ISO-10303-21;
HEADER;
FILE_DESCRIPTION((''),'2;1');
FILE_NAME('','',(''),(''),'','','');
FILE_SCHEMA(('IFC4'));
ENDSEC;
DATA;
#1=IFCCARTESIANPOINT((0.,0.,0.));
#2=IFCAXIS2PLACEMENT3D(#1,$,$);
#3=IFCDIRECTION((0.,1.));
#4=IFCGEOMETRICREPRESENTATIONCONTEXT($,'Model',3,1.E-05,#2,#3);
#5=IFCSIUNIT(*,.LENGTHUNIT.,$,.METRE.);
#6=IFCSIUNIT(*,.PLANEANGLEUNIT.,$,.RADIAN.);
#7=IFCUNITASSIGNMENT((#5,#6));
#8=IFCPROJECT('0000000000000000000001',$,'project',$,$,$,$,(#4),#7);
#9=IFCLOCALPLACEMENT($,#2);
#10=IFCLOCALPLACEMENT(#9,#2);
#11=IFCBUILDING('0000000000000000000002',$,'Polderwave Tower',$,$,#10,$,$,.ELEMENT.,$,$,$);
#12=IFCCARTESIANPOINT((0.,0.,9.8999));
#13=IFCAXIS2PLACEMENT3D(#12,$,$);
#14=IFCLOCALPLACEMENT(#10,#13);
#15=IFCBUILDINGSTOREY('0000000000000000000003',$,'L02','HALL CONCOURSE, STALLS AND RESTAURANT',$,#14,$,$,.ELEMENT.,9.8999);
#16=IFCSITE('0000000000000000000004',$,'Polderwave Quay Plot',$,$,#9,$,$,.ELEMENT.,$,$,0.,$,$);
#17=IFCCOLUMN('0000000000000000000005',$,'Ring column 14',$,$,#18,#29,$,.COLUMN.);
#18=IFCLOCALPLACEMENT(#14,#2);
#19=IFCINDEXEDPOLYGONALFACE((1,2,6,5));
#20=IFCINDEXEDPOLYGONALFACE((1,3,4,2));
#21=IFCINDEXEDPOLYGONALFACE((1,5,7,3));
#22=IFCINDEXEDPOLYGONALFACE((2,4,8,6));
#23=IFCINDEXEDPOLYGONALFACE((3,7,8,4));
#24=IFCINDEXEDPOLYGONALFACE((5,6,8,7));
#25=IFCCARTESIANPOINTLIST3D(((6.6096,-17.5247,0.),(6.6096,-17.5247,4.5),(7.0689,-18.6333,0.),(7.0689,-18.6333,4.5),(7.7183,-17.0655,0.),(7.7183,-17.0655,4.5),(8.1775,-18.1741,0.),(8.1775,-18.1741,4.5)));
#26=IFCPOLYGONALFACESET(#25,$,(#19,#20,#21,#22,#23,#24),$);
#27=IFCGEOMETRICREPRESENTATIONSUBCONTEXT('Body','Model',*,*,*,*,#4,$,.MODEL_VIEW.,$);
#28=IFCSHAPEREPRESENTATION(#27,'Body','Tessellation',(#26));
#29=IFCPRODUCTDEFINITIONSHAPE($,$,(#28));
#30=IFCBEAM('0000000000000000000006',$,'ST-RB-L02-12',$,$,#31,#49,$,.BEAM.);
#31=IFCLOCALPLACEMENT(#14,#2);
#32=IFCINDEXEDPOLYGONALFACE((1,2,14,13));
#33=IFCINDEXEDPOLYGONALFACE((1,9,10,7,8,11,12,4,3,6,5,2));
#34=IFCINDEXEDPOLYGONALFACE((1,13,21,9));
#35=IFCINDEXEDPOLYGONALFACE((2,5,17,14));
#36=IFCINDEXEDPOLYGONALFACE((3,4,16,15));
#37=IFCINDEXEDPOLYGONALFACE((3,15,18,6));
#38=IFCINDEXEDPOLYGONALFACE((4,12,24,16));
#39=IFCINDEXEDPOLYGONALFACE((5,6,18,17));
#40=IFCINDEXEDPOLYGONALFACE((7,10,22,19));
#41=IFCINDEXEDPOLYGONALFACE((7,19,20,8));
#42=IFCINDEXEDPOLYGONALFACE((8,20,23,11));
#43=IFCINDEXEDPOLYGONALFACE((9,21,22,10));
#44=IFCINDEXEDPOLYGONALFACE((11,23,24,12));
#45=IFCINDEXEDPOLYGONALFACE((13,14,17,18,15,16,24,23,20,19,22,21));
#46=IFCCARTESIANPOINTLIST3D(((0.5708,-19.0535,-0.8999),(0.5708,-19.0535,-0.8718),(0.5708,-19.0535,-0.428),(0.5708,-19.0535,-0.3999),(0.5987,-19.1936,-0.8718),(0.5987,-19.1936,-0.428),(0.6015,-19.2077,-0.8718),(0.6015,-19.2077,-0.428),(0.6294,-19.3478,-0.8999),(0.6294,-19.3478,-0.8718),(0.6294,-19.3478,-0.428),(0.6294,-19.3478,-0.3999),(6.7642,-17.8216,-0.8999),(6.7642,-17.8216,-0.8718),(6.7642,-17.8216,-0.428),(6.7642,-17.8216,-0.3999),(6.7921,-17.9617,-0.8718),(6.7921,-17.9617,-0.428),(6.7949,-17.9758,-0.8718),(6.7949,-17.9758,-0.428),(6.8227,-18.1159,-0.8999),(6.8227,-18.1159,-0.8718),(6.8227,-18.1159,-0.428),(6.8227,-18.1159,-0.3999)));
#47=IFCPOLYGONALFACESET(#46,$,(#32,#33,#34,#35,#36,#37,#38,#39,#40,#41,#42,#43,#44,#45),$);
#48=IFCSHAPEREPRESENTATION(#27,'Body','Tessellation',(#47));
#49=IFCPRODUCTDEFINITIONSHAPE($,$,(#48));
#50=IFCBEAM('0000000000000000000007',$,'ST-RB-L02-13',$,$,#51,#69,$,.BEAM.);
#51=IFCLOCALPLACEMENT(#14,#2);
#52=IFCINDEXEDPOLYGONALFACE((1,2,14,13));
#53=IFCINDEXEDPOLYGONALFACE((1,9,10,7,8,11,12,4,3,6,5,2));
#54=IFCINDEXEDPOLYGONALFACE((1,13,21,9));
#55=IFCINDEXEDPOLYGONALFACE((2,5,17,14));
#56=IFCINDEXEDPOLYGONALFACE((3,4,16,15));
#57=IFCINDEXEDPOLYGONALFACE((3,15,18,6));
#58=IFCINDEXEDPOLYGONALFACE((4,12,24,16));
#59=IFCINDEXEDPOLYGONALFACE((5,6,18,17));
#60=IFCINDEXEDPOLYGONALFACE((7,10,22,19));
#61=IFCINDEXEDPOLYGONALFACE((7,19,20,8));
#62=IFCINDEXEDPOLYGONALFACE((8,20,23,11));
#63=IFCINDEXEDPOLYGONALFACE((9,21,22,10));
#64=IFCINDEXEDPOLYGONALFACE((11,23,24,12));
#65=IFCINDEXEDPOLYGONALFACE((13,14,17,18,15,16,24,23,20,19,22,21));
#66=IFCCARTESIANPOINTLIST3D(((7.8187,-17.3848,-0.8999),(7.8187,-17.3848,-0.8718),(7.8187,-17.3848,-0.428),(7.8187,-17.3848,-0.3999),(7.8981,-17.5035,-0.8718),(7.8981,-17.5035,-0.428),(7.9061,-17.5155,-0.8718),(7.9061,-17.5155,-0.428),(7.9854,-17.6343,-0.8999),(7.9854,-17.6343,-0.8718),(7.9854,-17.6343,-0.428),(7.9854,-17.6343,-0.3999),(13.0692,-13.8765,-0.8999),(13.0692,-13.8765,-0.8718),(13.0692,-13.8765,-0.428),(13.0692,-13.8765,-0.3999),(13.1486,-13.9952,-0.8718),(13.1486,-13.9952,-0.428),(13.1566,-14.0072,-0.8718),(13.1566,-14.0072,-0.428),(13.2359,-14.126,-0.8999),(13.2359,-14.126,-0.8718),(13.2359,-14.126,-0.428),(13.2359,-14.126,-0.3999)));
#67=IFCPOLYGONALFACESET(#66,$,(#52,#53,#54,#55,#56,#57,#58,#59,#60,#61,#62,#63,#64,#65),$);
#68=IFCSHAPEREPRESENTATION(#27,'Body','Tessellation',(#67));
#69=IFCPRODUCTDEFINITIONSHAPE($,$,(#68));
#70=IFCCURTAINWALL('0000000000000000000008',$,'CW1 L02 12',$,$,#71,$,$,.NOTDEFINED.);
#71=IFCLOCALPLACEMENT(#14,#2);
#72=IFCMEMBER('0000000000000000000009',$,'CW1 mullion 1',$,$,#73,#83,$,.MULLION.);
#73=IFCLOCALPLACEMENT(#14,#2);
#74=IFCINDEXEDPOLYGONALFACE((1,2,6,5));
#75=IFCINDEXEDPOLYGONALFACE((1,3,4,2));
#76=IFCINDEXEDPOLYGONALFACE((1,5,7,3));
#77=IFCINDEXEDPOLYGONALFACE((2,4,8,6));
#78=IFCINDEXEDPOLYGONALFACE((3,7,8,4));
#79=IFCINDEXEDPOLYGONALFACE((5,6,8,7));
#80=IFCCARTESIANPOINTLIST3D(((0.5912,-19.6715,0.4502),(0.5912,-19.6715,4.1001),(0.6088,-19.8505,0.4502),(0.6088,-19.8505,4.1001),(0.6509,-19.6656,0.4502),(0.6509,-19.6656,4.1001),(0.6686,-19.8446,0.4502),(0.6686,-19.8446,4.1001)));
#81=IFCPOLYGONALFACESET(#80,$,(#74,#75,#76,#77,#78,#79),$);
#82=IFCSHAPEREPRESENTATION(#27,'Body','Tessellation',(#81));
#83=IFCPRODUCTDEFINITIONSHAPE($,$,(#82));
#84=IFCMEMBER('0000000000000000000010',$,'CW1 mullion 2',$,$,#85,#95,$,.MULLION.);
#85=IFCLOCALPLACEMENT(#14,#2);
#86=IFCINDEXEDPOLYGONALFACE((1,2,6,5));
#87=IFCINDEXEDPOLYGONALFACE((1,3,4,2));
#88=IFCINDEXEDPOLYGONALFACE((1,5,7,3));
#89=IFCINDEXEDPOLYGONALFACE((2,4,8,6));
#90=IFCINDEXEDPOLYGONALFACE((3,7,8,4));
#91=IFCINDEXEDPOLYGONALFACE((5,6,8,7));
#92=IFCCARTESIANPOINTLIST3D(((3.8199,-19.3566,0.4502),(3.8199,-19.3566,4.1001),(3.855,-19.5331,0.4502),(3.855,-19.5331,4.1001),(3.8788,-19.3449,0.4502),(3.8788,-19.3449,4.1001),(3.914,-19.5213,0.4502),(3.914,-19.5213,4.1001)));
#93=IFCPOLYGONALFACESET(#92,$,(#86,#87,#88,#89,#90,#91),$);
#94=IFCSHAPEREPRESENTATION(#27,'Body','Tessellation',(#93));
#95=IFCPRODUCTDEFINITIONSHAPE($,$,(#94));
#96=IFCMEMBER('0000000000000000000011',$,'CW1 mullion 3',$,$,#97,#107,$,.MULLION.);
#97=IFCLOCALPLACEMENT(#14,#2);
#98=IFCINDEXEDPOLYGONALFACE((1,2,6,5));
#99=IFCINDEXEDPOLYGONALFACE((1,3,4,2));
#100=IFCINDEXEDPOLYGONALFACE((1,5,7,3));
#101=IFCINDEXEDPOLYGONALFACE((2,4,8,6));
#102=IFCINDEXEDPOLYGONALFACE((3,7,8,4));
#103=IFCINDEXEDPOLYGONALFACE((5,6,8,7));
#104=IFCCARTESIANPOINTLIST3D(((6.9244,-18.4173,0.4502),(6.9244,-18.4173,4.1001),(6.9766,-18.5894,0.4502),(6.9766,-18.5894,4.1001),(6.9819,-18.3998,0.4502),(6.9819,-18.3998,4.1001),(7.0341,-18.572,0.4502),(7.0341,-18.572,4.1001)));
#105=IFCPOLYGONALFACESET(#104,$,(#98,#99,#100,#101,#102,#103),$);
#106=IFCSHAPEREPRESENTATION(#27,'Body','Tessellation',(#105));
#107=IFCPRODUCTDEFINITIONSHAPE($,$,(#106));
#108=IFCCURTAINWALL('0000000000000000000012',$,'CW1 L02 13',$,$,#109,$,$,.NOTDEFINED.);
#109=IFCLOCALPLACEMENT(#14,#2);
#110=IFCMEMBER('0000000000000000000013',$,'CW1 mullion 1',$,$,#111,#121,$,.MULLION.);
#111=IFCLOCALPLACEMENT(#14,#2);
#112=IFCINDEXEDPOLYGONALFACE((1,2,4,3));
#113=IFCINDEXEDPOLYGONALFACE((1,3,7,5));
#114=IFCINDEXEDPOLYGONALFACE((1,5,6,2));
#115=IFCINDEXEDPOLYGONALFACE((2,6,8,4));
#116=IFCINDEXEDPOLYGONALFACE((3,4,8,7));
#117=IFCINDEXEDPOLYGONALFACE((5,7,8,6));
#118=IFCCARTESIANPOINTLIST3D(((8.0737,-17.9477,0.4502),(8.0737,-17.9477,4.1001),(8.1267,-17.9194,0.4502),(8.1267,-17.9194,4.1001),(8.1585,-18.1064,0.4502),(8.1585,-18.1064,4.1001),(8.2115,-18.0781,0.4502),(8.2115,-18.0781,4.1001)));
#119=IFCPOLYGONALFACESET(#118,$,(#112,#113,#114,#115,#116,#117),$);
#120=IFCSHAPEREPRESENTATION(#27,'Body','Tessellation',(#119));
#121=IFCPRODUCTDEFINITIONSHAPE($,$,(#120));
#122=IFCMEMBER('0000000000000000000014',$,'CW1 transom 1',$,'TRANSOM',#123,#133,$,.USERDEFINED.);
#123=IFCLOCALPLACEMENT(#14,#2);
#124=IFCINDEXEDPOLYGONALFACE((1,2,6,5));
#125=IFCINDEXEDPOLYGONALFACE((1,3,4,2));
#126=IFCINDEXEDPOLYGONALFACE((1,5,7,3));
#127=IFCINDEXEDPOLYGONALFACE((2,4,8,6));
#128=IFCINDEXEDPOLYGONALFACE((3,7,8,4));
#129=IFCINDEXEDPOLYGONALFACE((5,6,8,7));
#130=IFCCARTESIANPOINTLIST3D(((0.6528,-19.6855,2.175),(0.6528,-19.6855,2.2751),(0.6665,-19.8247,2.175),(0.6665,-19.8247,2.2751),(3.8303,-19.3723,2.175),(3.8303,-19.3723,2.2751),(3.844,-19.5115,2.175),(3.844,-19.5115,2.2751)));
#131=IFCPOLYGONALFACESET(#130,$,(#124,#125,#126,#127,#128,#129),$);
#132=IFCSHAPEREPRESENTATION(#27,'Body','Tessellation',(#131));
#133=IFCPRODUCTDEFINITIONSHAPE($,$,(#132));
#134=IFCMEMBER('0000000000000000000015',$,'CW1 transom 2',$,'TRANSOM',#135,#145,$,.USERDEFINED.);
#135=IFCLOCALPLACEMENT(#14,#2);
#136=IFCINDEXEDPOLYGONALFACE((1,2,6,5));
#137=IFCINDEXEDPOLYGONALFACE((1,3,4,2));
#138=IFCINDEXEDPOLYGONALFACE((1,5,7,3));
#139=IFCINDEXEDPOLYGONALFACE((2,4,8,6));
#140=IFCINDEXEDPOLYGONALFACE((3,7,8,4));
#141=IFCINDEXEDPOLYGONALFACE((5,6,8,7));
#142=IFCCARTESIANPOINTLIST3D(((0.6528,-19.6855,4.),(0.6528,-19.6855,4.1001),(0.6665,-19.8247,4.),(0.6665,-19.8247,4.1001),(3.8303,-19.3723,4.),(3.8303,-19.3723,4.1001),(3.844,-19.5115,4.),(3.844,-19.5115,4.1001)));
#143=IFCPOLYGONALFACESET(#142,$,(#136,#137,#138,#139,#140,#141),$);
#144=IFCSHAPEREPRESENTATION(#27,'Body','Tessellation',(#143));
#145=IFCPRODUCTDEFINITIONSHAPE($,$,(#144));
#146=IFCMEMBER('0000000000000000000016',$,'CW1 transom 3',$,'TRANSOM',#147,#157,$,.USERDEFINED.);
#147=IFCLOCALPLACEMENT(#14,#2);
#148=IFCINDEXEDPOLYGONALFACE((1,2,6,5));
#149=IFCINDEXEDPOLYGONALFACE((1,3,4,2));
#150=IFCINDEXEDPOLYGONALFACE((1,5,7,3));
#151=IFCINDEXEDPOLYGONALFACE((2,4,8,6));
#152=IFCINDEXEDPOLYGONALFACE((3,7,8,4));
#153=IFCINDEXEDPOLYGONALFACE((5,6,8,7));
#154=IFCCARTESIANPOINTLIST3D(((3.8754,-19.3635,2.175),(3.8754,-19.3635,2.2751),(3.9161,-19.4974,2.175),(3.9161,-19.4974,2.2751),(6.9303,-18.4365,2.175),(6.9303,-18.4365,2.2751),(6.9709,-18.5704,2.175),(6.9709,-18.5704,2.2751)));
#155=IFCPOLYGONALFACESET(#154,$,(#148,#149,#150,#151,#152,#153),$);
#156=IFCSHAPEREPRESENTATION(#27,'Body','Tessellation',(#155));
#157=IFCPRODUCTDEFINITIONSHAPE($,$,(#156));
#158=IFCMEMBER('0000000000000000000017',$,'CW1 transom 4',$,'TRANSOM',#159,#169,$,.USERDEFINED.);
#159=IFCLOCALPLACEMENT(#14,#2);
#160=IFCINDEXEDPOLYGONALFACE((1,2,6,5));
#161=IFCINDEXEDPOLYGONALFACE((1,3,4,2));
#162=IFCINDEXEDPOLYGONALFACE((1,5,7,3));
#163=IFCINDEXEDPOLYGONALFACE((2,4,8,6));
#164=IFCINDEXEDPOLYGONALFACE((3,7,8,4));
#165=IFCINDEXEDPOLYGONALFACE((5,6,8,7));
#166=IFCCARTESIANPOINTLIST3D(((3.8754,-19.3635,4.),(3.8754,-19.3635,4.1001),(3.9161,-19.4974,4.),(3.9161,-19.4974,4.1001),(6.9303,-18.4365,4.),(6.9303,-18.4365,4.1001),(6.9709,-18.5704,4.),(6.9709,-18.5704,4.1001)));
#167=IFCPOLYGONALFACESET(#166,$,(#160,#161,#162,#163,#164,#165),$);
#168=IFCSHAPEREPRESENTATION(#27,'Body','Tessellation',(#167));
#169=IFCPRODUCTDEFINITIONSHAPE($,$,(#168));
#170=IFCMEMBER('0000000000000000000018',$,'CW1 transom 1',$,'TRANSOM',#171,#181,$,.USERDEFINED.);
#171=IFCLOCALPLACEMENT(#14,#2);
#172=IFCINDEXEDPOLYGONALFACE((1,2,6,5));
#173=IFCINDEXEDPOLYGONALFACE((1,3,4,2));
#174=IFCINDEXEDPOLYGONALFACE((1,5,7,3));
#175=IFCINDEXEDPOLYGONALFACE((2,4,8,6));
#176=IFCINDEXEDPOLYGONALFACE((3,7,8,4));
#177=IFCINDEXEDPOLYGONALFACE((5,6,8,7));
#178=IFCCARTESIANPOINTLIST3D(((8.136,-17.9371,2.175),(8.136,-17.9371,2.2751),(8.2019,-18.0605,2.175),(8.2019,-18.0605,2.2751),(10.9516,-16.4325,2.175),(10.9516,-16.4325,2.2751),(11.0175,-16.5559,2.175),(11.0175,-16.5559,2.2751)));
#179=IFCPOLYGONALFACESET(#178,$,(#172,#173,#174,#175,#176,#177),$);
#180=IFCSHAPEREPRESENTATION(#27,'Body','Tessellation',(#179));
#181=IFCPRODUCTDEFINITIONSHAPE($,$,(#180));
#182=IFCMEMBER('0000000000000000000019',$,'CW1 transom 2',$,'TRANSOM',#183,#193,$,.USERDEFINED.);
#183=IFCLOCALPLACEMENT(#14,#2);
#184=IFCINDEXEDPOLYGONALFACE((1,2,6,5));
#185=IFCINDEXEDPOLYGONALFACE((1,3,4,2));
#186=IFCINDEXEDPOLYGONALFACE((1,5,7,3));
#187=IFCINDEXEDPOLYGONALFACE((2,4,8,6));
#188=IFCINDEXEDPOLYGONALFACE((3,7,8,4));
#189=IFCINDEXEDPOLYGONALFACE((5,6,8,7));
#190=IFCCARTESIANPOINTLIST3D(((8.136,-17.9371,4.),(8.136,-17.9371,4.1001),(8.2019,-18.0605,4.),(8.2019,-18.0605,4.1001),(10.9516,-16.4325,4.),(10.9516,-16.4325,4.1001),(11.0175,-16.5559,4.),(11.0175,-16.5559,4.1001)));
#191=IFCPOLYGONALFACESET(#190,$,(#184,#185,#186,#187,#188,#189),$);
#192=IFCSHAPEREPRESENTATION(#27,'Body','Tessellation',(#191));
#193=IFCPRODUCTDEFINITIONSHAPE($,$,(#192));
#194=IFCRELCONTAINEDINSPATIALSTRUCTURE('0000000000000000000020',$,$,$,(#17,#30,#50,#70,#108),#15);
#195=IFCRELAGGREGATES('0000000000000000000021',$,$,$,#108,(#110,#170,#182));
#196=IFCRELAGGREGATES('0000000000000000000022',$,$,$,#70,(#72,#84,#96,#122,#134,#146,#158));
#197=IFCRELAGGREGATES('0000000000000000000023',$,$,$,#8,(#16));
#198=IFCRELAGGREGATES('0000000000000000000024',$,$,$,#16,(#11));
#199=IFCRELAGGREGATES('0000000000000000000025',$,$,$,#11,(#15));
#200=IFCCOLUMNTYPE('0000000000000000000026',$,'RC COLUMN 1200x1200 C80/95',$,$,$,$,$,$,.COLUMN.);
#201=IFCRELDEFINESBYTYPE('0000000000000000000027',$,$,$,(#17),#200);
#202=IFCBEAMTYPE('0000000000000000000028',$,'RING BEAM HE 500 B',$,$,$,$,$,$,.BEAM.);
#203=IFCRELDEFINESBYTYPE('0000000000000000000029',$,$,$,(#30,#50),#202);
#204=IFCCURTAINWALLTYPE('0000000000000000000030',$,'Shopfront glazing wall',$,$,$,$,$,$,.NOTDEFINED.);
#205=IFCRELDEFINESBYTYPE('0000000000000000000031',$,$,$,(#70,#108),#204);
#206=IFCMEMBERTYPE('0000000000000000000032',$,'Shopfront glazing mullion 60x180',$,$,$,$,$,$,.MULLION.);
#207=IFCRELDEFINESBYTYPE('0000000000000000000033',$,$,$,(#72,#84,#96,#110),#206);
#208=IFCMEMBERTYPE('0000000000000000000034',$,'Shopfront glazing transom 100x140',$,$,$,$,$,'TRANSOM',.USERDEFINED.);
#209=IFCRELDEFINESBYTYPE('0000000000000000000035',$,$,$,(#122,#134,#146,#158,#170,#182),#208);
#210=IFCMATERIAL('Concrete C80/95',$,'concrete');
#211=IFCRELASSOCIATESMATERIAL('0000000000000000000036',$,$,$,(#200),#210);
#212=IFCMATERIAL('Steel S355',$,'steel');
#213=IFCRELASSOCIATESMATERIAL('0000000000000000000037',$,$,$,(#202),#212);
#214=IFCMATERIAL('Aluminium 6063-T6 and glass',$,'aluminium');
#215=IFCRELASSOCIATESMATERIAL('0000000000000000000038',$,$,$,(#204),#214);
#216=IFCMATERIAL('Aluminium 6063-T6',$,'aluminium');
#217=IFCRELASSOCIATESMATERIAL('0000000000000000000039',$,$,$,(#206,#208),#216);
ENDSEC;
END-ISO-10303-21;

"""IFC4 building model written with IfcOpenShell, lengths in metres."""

from ifc_helpers import new_model, si_unit, direction, frame, origin, origin_2d, place, context, subcontext, project, spatial, rectangle, i_section, extrude, material, material_profile, profile_set, type_object, element, aggregate, save


model = new_model("IFC4")

# Units and contexts
model_context = context("Model", 3, precision=1e-05, world=origin(), true_north=direction((0.0, 1.0)))
body_context = subcontext(model_context, "Body", "Model", "MODEL_VIEW")
ifc_project = project(units=[si_unit("LENGTHUNIT", "METRE"), si_unit("PLANEANGLEUNIT", "RADIAN")], contexts=[model_context])

# Site, building, storey
site_placement = place(None, origin())
site = spatial("IfcSite", under=ifc_project, at=site_placement, Name="Polderwave Quay Plot", CompositionType="ELEMENT", RefElevation=0.0)
building_placement = place(site_placement, origin())
building = spatial("IfcBuilding", under=site, at=building_placement, Name="Polderwave Tower", CompositionType="ELEMENT")
storey_placement = place(building_placement, frame((0.0, 0.0, 9.8999)))
storey = spatial("IfcBuildingStorey", under=building, at=storey_placement, Name="L02", Description="HALL CONCOURSE, STALLS AND RESTAURANT", CompositionType="ELEMENT", Elevation=9.8999)

# Column
ifc_material_1 = material(Name="Concrete C80/95", Category="concrete")
ifc_material_profile_1 = material_profile(ifc_material_1, rectangle(XDim=1.2, YDim=1.2, at=origin_2d()), Name="RC 1200x1200")
ifc_profile_set_1 = profile_set([ifc_material_profile_1], Name="Concrete C80/95")
column_type = type_object("IfcColumnType", Name="RC COLUMN 1200x1200 C80/95", PredefinedType="COLUMN", material=ifc_profile_set_1)
column_placement = place(storey_placement, frame((7.3936, -17.8494, 0.0), z_axis=(0.0, 0.0, 1.0), x_axis=(0.382683, -0.92388, 0.0)))
element("IfcColumn", 1, at=column_placement, inside=storey, type_object=column_type, Name="Ring column 14", PredefinedType="COLUMN", context=body_context, shape_type="SweptSolid", body=[
    extrude(rectangle(XDim=1.2, YDim=1.2, at=origin_2d()), origin(), (0.0, 0.0, 1.0), 4.5),
])

# Beams
ifc_material_2 = material(Name="Steel S355", Category="steel")
ifc_material_profile_2 = material_profile(ifc_material_2, i_section(OverallWidth=0.3, OverallDepth=0.5, WebThickness=0.0144, FlangeThickness=0.0281, at=origin_2d()), Name="HE 500 B")
ifc_profile_set_2 = profile_set([ifc_material_profile_2], Name="Steel S355")
beam_type = type_object("IfcBeamType", Name="RING BEAM HE 500 B", PredefinedType="BEAM", material=ifc_profile_set_2)
for number, where, z_axis, x_axis, name in (
    (2, (0.6001, -19.2007, -0.6499), (0.980785, 0.19509, 0.0), (-0.19509, 0.980785, 0.0), "ST-RB-L02-12"),
    (3, (7.9021, -17.5095, -0.6499), (0.831467, 0.555574, 0.0), (-0.555574, 0.831467, 0.0), "ST-RB-L02-13"),
):
    element("IfcBeam", number, at=place(storey_placement, frame(where, z_axis=z_axis, x_axis=x_axis)), inside=storey, type_object=beam_type, Name=name, PredefinedType="BEAM", context=body_context, shape_type="SweptSolid", body=[
        extrude(i_section(OverallWidth=0.3, OverallDepth=0.5, WebThickness=0.0144, FlangeThickness=0.0281, at=origin_2d()), origin(), (0.0, 0.0, 1.0), 6.3147),
    ])

# Curtain wall, members
ifc_material_3 = material(Name="Aluminium 6063-T6 and glass", Category="aluminium")
curtain_wall_type = type_object("IfcCurtainWallType", Name="Shopfront glazing wall", PredefinedType="NOTDEFINED", material=ifc_material_3)
curtain_wall_1_placement = place(storey_placement, origin())
curtain_wall_1 = element("IfcCurtainWall", 4, at=curtain_wall_1_placement, inside=storey, type_object=curtain_wall_type, Name="CW1 L02 12", PredefinedType="NOTDEFINED")
ifc_material_4 = material(Name="Aluminium 6063-T6", Category="aluminium")
ifc_material_profile_3 = material_profile(ifc_material_4, rectangle(XDim=0.1799, YDim=0.0601, at=origin_2d()), Name="AL 60x180")
ifc_profile_set_3 = profile_set([ifc_material_profile_3], Name="Aluminium 6063-T6")
member_type_1 = type_object("IfcMemberType", Name="Shopfront glazing mullion 60x180", PredefinedType="MULLION", material=ifc_profile_set_3)
member_1_placement = place(storey_placement, frame((0.6299, -19.7581, 0.4502), z_axis=(0.0, 0.0, 1.0), x_axis=(-0.098087, 0.995178, 0.0)))
member_1 = element("IfcMember", 5, at=member_1_placement, type_object=member_type_1, Name="CW1 mullion 1", PredefinedType="MULLION", context=body_context, shape_type="SweptSolid", body=[
    extrude(rectangle(XDim=0.1799, YDim=0.0601, at=origin_2d()), origin(), (0.0, 0.0, 1.0), 3.6499),
])
member_2_placement = place(storey_placement, frame((3.8669, -19.439, 0.4502), z_axis=(0.0, 0.0, 1.0), x_axis=(-0.195152, 0.980773, 0.0)))
member_2 = element("IfcMember", 6, at=member_2_placement, type_object=member_type_1, Name="CW1 mullion 2", PredefinedType="MULLION", context=body_context, shape_type="SweptSolid", body=[
    extrude(rectangle(XDim=0.1799, YDim=0.0601, at=origin_2d()), origin(), (0.0, 0.0, 1.0), 3.6499),
])
member_3_placement = place(storey_placement, frame((6.9792, -18.4946, 0.4502), z_axis=(0.0, 0.0, 1.0), x_axis=(-0.290336, 0.956925, 0.0)))
member_3 = element("IfcMember", 7, at=member_3_placement, type_object=member_type_1, Name="CW1 mullion 3", PredefinedType="MULLION", context=body_context, shape_type="SweptSolid", body=[
    extrude(rectangle(XDim=0.1799, YDim=0.0601, at=origin_2d()), origin(), (0.0, 0.0, 1.0), 3.6499),
])

# Curtain wall, member
curtain_wall_2_placement = place(storey_placement, origin())
curtain_wall_2 = element("IfcCurtainWall", 8, at=curtain_wall_2_placement, inside=storey, type_object=curtain_wall_type, Name="CW1 L02 13", PredefinedType="NOTDEFINED")
member_4_placement = place(storey_placement, frame((8.1426, -18.0129, 0.4502), z_axis=(0.0, 0.0, 1.0), x_axis=(-0.4713, 0.881973, 0.0)))
member_4 = element("IfcMember", 9, at=member_4_placement, type_object=member_type_1, Name="CW1 mullion 1", PredefinedType="MULLION", context=body_context, shape_type="SweptSolid", body=[
    extrude(rectangle(XDim=0.1799, YDim=0.0601, at=origin_2d()), origin(), (0.0, 0.0, 1.0), 3.6499),
])

# Members
ifc_material_profile_4 = material_profile(ifc_material_4, rectangle(XDim=0.1399, YDim=0.1001, at=origin_2d()), Name="AL 100x140")
ifc_profile_set_4 = profile_set([ifc_material_profile_4], Name="Aluminium 6063-T6")
member_type_2 = type_object("IfcMemberType", Name="Shopfront glazing transom 100x140", ElementType="TRANSOM", PredefinedType="USERDEFINED", material=ifc_profile_set_4)
member_5_placement = place(storey_placement, frame((0.6597, -19.7551, 2.2251), z_axis=(0.995176, 0.098103, 0.0), x_axis=(-0.098103, 0.995176, 0.0)))
member_5 = element("IfcMember", 10, at=member_5_placement, type_object=member_type_2, Name="CW1 transom 1", ObjectType="TRANSOM", PredefinedType="USERDEFINED", context=body_context, shape_type="SweptSolid", body=[
    extrude(rectangle(XDim=0.1399, YDim=0.1001, at=origin_2d()), origin(), (0.0, 0.0, 1.0), 3.1929),
])
member_6_placement = place(storey_placement, frame((0.6597, -19.7551, 4.05), z_axis=(0.995176, 0.098103, 0.0), x_axis=(-0.098103, 0.995176, 0.0)))
member_6 = element("IfcMember", 11, at=member_6_placement, type_object=member_type_2, Name="CW1 transom 2", ObjectType="TRANSOM", PredefinedType="USERDEFINED", context=body_context, shape_type="SweptSolid", body=[
    extrude(rectangle(XDim=0.1399, YDim=0.1001, at=origin_2d()), origin(), (0.0, 0.0, 1.0), 3.1929),
])
member_7_placement = place(storey_placement, frame((3.8958, -19.4304, 2.2251), z_axis=(0.956914, 0.29037, 0.0), x_axis=(-0.29037, 0.956914, 0.0)))
member_7 = element("IfcMember", 12, at=member_7_placement, type_object=member_type_2, Name="CW1 transom 3", ObjectType="TRANSOM", PredefinedType="USERDEFINED", context=body_context, shape_type="SweptSolid", body=[
    extrude(rectangle(XDim=0.1399, YDim=0.1001, at=origin_2d()), origin(), (0.0, 0.0, 1.0), 3.1924),
])
member_8_placement = place(storey_placement, frame((3.8958, -19.4304, 4.05), z_axis=(0.956914, 0.29037, 0.0), x_axis=(-0.29037, 0.956914, 0.0)))
member_8 = element("IfcMember", 13, at=member_8_placement, type_object=member_type_2, Name="CW1 transom 4", ObjectType="TRANSOM", PredefinedType="USERDEFINED", context=body_context, shape_type="SweptSolid", body=[
    extrude(rectangle(XDim=0.1399, YDim=0.1001, at=origin_2d()), origin(), (0.0, 0.0, 1.0), 3.1924),
])
member_9_placement = place(storey_placement, frame((8.1689, -17.9988, 2.2251), z_axis=(0.881969, 0.471307, 0.0), x_axis=(-0.471307, 0.881969, 0.0)))
member_9 = element("IfcMember", 14, at=member_9_placement, type_object=member_type_2, Name="CW1 transom 1", ObjectType="TRANSOM", PredefinedType="USERDEFINED", context=body_context, shape_type="SweptSolid", body=[
    extrude(rectangle(XDim=0.1399, YDim=0.1001, at=origin_2d()), origin(), (0.0, 0.0, 1.0), 3.1924),
])
member_10_placement = place(storey_placement, frame((8.1689, -17.9988, 4.05), z_axis=(0.881969, 0.471307, 0.0), x_axis=(-0.471307, 0.881969, 0.0)))
member_10 = element("IfcMember", 15, at=member_10_placement, type_object=member_type_2, Name="CW1 transom 2", ObjectType="TRANSOM", PredefinedType="USERDEFINED", context=body_context, shape_type="SweptSolid", body=[
    extrude(rectangle(XDim=0.1399, YDim=0.1001, at=origin_2d()), origin(), (0.0, 0.0, 1.0), 3.1924),
])
aggregate(curtain_wall_2, [member_4, member_9, member_10])

aggregate(curtain_wall_1, [member_1, member_2, member_3, member_5, member_6, member_7, member_8])

save(model, "model.ifc")
